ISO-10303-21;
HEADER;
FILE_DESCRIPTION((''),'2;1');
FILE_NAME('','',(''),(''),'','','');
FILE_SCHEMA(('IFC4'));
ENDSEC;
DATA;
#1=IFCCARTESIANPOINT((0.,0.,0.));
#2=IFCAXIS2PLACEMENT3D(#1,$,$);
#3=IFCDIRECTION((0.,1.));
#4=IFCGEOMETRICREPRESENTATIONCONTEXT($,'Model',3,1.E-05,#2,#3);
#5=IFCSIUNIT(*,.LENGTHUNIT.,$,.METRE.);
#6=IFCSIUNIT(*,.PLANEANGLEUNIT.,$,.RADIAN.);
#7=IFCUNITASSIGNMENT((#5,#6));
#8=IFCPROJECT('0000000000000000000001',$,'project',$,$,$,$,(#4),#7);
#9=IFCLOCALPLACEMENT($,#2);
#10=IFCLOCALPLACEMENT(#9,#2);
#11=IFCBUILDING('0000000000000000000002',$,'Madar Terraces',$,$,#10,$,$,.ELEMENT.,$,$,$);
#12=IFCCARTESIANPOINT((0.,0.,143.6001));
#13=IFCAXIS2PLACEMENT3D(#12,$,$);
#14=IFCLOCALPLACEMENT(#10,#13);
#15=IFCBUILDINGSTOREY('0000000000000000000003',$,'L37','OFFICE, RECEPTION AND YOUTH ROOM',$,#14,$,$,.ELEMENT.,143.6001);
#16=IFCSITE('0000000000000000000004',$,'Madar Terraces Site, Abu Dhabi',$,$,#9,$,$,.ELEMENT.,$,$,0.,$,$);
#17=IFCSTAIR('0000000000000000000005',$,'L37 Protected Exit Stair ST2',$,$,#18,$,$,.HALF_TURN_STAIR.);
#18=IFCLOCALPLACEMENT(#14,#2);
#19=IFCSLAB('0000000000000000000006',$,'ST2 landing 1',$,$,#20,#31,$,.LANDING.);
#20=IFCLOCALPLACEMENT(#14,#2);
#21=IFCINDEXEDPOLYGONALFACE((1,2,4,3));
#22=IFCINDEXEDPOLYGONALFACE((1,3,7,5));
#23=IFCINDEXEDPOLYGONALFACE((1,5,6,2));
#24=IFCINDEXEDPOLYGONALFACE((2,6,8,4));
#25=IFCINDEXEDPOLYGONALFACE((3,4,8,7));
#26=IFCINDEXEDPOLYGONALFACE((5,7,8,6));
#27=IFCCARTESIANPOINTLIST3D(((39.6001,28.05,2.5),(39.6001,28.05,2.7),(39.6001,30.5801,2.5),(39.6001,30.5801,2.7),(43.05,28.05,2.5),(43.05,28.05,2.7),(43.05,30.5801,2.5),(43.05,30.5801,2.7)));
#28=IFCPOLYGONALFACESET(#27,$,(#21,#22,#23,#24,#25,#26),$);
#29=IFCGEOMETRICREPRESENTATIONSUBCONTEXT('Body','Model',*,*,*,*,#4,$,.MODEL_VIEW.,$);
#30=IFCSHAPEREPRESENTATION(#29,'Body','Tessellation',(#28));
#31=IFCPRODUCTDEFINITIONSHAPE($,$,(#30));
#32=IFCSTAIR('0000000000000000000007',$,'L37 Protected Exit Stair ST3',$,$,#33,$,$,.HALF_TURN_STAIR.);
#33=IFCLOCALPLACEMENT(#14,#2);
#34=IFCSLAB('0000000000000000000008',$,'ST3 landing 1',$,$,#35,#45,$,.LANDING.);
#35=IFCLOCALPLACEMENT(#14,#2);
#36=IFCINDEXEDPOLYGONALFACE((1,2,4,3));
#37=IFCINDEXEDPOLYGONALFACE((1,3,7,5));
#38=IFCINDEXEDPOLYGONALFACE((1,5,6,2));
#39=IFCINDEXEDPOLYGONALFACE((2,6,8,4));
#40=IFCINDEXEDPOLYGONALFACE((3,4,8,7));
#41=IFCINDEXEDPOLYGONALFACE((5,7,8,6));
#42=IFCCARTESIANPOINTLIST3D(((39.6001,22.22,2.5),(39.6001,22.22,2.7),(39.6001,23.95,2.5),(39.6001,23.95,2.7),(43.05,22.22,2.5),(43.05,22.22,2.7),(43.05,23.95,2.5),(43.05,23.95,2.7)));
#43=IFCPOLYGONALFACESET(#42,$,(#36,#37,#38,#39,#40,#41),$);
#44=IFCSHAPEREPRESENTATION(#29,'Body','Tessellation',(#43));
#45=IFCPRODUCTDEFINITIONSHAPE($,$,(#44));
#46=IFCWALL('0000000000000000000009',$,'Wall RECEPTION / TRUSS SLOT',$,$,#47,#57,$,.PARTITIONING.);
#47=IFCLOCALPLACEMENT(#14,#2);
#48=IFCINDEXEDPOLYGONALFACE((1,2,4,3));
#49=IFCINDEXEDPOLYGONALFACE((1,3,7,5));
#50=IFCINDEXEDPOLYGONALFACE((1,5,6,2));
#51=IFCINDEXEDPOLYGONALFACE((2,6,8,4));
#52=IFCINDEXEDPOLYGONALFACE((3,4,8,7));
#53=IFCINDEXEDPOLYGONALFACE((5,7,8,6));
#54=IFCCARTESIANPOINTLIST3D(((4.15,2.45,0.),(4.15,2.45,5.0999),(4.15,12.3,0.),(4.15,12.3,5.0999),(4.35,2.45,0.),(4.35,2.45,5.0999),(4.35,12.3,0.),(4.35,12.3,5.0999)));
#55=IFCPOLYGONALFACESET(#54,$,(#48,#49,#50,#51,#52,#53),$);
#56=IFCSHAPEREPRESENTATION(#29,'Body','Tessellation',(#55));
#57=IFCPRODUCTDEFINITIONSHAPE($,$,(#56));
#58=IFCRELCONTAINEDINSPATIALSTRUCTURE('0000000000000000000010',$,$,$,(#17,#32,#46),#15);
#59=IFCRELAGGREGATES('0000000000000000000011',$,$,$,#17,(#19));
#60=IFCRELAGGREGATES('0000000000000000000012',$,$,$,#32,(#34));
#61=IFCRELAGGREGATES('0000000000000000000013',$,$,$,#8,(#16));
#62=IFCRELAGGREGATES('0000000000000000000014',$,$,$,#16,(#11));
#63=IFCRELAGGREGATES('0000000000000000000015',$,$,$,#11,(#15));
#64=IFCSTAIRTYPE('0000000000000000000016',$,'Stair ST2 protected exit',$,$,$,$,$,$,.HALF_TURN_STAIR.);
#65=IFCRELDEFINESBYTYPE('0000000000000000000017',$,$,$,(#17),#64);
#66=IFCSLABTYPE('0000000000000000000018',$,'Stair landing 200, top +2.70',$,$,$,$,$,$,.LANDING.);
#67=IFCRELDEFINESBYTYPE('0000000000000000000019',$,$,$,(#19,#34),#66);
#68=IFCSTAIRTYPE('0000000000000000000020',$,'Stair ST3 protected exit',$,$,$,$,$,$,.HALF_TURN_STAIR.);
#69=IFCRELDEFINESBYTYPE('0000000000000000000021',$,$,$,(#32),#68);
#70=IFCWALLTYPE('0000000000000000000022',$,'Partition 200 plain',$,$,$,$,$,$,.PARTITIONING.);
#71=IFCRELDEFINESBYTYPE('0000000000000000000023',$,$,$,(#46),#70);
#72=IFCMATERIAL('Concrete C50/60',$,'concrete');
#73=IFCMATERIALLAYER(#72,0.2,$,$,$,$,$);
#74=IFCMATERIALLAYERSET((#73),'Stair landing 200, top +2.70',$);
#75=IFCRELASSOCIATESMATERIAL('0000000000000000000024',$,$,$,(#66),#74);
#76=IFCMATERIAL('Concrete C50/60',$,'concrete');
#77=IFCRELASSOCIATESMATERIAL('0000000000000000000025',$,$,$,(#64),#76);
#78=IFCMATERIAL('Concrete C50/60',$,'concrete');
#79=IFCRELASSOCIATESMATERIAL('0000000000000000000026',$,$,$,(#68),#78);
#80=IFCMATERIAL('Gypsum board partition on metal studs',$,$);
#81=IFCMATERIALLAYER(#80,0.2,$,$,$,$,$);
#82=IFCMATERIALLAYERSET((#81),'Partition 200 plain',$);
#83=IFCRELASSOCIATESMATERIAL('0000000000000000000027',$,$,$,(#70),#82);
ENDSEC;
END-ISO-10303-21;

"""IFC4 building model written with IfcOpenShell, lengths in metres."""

from ifc_helpers import new_model, si_unit, direction, frame, frame_2d, origin, place, context, subcontext, project, spatial, polyline, rectangle, outline, extrude, material, layer, layer_set, type_object, element, aggregate, save


model = new_model("IFC4")

# Units and contexts
model_context = context("Model", 3, precision=1e-05, world=origin(), true_north=direction((0.0, 1.0)))
body_context = subcontext(model_context, "Body", "Model", "MODEL_VIEW")
ifc_project = project(units=[si_unit("LENGTHUNIT", "METRE"), si_unit("PLANEANGLEUNIT", "RADIAN")], contexts=[model_context])

# Site, building, storey
site_placement = place(None, origin())
site = spatial("IfcSite", under=ifc_project, at=site_placement, Name="Madar Terraces Site, Abu Dhabi", CompositionType="ELEMENT", RefElevation=0.0)
building_placement = place(site_placement, origin())
building = spatial("IfcBuilding", under=site, at=building_placement, Name="Madar Terraces", CompositionType="ELEMENT")
storey_placement = place(building_placement, frame((0.0, 0.0, 143.6001)))
storey = spatial("IfcBuildingStorey", under=building, at=storey_placement, Name="L37", Description="OFFICE, RECEPTION AND YOUTH ROOM", CompositionType="ELEMENT", Elevation=143.6001)

# Stairs, slabs
ifc_material_1 = material(Name="Concrete C50/60", Category="concrete")
ifc_layer_1 = layer(ifc_material_1, 0.2)
ifc_layer_set_1 = layer_set([ifc_layer_1], Name="Stair landing 200, top +2.70")
slab_type = type_object("IfcSlabType", Name="Stair landing 200, top +2.70", PredefinedType="LANDING", material=ifc_layer_set_1)
ifc_material_2 = material(Name="Concrete C50/60", Category="concrete")
stair_type_1 = type_object("IfcStairType", Name="Stair ST2 protected exit", PredefinedType="HALF_TURN_STAIR", material=ifc_material_2)
stair_1_placement = place(storey_placement, origin())
stair_1 = element("IfcStair", 1, at=stair_1_placement, inside=storey, type_object=stair_type_1, Name="L37 Protected Exit Stair ST2", PredefinedType="HALF_TURN_STAIR")
slab_1_placement = place(storey_placement, frame((0.0, 0.0, 2.5)))
slab_1 = element("IfcSlab", 2, at=slab_1_placement, type_object=slab_type, Name="ST2 landing 1", PredefinedType="LANDING", context=body_context, shape_type="SweptSolid", body=[
    extrude(outline(polyline([(39.6001, 28.05), (43.05, 28.05), (43.05, 30.5801), (39.6001, 30.5801), (39.6001, 28.05)])), origin(), (0.0, 0.0, 1.0), 0.2),
])
aggregate(stair_1, [slab_1])
ifc_material_3 = material(Name="Concrete C50/60", Category="concrete")
stair_type_2 = type_object("IfcStairType", Name="Stair ST3 protected exit", PredefinedType="HALF_TURN_STAIR", material=ifc_material_3)
stair_2_placement = place(storey_placement, origin())
stair_2 = element("IfcStair", 3, at=stair_2_placement, inside=storey, type_object=stair_type_2, Name="L37 Protected Exit Stair ST3", PredefinedType="HALF_TURN_STAIR")
slab_2_placement = place(storey_placement, frame((0.0, 0.0, 2.5)))
slab_2 = element("IfcSlab", 4, at=slab_2_placement, type_object=slab_type, Name="ST3 landing 1", PredefinedType="LANDING", context=body_context, shape_type="SweptSolid", body=[
    extrude(outline(polyline([(39.6001, 22.22), (43.05, 22.22), (43.05, 23.95), (39.6001, 23.95), (39.6001, 22.22)])), origin(), (0.0, 0.0, 1.0), 0.2),
])
aggregate(stair_2, [slab_2])

# Wall
ifc_material_4 = material(Name="Gypsum board partition on metal studs")
ifc_layer_2 = layer(ifc_material_4, 0.2)
ifc_layer_set_2 = layer_set([ifc_layer_2], Name="Partition 200 plain")
wall_type = type_object("IfcWallType", Name="Partition 200 plain", PredefinedType="PARTITIONING", material=ifc_layer_set_2)
wall_placement = place(storey_placement, frame((4.25, 2.45, 0.0), z_axis=(0.0, 0.0, 1.0), x_axis=(0.0, 1.0, 0.0)))
element("IfcWall", 5, at=wall_placement, inside=storey, type_object=wall_type, Name="Wall RECEPTION / TRUSS SLOT", PredefinedType="PARTITIONING", context=body_context, shape_type="SweptSolid", body=[
    extrude(rectangle(XDim=9.8501, YDim=0.2, at=frame_2d((4.925, 0.0))), origin(), (0.0, 0.0, 1.0), 5.0999),
])

save(model, "model.ifc")
